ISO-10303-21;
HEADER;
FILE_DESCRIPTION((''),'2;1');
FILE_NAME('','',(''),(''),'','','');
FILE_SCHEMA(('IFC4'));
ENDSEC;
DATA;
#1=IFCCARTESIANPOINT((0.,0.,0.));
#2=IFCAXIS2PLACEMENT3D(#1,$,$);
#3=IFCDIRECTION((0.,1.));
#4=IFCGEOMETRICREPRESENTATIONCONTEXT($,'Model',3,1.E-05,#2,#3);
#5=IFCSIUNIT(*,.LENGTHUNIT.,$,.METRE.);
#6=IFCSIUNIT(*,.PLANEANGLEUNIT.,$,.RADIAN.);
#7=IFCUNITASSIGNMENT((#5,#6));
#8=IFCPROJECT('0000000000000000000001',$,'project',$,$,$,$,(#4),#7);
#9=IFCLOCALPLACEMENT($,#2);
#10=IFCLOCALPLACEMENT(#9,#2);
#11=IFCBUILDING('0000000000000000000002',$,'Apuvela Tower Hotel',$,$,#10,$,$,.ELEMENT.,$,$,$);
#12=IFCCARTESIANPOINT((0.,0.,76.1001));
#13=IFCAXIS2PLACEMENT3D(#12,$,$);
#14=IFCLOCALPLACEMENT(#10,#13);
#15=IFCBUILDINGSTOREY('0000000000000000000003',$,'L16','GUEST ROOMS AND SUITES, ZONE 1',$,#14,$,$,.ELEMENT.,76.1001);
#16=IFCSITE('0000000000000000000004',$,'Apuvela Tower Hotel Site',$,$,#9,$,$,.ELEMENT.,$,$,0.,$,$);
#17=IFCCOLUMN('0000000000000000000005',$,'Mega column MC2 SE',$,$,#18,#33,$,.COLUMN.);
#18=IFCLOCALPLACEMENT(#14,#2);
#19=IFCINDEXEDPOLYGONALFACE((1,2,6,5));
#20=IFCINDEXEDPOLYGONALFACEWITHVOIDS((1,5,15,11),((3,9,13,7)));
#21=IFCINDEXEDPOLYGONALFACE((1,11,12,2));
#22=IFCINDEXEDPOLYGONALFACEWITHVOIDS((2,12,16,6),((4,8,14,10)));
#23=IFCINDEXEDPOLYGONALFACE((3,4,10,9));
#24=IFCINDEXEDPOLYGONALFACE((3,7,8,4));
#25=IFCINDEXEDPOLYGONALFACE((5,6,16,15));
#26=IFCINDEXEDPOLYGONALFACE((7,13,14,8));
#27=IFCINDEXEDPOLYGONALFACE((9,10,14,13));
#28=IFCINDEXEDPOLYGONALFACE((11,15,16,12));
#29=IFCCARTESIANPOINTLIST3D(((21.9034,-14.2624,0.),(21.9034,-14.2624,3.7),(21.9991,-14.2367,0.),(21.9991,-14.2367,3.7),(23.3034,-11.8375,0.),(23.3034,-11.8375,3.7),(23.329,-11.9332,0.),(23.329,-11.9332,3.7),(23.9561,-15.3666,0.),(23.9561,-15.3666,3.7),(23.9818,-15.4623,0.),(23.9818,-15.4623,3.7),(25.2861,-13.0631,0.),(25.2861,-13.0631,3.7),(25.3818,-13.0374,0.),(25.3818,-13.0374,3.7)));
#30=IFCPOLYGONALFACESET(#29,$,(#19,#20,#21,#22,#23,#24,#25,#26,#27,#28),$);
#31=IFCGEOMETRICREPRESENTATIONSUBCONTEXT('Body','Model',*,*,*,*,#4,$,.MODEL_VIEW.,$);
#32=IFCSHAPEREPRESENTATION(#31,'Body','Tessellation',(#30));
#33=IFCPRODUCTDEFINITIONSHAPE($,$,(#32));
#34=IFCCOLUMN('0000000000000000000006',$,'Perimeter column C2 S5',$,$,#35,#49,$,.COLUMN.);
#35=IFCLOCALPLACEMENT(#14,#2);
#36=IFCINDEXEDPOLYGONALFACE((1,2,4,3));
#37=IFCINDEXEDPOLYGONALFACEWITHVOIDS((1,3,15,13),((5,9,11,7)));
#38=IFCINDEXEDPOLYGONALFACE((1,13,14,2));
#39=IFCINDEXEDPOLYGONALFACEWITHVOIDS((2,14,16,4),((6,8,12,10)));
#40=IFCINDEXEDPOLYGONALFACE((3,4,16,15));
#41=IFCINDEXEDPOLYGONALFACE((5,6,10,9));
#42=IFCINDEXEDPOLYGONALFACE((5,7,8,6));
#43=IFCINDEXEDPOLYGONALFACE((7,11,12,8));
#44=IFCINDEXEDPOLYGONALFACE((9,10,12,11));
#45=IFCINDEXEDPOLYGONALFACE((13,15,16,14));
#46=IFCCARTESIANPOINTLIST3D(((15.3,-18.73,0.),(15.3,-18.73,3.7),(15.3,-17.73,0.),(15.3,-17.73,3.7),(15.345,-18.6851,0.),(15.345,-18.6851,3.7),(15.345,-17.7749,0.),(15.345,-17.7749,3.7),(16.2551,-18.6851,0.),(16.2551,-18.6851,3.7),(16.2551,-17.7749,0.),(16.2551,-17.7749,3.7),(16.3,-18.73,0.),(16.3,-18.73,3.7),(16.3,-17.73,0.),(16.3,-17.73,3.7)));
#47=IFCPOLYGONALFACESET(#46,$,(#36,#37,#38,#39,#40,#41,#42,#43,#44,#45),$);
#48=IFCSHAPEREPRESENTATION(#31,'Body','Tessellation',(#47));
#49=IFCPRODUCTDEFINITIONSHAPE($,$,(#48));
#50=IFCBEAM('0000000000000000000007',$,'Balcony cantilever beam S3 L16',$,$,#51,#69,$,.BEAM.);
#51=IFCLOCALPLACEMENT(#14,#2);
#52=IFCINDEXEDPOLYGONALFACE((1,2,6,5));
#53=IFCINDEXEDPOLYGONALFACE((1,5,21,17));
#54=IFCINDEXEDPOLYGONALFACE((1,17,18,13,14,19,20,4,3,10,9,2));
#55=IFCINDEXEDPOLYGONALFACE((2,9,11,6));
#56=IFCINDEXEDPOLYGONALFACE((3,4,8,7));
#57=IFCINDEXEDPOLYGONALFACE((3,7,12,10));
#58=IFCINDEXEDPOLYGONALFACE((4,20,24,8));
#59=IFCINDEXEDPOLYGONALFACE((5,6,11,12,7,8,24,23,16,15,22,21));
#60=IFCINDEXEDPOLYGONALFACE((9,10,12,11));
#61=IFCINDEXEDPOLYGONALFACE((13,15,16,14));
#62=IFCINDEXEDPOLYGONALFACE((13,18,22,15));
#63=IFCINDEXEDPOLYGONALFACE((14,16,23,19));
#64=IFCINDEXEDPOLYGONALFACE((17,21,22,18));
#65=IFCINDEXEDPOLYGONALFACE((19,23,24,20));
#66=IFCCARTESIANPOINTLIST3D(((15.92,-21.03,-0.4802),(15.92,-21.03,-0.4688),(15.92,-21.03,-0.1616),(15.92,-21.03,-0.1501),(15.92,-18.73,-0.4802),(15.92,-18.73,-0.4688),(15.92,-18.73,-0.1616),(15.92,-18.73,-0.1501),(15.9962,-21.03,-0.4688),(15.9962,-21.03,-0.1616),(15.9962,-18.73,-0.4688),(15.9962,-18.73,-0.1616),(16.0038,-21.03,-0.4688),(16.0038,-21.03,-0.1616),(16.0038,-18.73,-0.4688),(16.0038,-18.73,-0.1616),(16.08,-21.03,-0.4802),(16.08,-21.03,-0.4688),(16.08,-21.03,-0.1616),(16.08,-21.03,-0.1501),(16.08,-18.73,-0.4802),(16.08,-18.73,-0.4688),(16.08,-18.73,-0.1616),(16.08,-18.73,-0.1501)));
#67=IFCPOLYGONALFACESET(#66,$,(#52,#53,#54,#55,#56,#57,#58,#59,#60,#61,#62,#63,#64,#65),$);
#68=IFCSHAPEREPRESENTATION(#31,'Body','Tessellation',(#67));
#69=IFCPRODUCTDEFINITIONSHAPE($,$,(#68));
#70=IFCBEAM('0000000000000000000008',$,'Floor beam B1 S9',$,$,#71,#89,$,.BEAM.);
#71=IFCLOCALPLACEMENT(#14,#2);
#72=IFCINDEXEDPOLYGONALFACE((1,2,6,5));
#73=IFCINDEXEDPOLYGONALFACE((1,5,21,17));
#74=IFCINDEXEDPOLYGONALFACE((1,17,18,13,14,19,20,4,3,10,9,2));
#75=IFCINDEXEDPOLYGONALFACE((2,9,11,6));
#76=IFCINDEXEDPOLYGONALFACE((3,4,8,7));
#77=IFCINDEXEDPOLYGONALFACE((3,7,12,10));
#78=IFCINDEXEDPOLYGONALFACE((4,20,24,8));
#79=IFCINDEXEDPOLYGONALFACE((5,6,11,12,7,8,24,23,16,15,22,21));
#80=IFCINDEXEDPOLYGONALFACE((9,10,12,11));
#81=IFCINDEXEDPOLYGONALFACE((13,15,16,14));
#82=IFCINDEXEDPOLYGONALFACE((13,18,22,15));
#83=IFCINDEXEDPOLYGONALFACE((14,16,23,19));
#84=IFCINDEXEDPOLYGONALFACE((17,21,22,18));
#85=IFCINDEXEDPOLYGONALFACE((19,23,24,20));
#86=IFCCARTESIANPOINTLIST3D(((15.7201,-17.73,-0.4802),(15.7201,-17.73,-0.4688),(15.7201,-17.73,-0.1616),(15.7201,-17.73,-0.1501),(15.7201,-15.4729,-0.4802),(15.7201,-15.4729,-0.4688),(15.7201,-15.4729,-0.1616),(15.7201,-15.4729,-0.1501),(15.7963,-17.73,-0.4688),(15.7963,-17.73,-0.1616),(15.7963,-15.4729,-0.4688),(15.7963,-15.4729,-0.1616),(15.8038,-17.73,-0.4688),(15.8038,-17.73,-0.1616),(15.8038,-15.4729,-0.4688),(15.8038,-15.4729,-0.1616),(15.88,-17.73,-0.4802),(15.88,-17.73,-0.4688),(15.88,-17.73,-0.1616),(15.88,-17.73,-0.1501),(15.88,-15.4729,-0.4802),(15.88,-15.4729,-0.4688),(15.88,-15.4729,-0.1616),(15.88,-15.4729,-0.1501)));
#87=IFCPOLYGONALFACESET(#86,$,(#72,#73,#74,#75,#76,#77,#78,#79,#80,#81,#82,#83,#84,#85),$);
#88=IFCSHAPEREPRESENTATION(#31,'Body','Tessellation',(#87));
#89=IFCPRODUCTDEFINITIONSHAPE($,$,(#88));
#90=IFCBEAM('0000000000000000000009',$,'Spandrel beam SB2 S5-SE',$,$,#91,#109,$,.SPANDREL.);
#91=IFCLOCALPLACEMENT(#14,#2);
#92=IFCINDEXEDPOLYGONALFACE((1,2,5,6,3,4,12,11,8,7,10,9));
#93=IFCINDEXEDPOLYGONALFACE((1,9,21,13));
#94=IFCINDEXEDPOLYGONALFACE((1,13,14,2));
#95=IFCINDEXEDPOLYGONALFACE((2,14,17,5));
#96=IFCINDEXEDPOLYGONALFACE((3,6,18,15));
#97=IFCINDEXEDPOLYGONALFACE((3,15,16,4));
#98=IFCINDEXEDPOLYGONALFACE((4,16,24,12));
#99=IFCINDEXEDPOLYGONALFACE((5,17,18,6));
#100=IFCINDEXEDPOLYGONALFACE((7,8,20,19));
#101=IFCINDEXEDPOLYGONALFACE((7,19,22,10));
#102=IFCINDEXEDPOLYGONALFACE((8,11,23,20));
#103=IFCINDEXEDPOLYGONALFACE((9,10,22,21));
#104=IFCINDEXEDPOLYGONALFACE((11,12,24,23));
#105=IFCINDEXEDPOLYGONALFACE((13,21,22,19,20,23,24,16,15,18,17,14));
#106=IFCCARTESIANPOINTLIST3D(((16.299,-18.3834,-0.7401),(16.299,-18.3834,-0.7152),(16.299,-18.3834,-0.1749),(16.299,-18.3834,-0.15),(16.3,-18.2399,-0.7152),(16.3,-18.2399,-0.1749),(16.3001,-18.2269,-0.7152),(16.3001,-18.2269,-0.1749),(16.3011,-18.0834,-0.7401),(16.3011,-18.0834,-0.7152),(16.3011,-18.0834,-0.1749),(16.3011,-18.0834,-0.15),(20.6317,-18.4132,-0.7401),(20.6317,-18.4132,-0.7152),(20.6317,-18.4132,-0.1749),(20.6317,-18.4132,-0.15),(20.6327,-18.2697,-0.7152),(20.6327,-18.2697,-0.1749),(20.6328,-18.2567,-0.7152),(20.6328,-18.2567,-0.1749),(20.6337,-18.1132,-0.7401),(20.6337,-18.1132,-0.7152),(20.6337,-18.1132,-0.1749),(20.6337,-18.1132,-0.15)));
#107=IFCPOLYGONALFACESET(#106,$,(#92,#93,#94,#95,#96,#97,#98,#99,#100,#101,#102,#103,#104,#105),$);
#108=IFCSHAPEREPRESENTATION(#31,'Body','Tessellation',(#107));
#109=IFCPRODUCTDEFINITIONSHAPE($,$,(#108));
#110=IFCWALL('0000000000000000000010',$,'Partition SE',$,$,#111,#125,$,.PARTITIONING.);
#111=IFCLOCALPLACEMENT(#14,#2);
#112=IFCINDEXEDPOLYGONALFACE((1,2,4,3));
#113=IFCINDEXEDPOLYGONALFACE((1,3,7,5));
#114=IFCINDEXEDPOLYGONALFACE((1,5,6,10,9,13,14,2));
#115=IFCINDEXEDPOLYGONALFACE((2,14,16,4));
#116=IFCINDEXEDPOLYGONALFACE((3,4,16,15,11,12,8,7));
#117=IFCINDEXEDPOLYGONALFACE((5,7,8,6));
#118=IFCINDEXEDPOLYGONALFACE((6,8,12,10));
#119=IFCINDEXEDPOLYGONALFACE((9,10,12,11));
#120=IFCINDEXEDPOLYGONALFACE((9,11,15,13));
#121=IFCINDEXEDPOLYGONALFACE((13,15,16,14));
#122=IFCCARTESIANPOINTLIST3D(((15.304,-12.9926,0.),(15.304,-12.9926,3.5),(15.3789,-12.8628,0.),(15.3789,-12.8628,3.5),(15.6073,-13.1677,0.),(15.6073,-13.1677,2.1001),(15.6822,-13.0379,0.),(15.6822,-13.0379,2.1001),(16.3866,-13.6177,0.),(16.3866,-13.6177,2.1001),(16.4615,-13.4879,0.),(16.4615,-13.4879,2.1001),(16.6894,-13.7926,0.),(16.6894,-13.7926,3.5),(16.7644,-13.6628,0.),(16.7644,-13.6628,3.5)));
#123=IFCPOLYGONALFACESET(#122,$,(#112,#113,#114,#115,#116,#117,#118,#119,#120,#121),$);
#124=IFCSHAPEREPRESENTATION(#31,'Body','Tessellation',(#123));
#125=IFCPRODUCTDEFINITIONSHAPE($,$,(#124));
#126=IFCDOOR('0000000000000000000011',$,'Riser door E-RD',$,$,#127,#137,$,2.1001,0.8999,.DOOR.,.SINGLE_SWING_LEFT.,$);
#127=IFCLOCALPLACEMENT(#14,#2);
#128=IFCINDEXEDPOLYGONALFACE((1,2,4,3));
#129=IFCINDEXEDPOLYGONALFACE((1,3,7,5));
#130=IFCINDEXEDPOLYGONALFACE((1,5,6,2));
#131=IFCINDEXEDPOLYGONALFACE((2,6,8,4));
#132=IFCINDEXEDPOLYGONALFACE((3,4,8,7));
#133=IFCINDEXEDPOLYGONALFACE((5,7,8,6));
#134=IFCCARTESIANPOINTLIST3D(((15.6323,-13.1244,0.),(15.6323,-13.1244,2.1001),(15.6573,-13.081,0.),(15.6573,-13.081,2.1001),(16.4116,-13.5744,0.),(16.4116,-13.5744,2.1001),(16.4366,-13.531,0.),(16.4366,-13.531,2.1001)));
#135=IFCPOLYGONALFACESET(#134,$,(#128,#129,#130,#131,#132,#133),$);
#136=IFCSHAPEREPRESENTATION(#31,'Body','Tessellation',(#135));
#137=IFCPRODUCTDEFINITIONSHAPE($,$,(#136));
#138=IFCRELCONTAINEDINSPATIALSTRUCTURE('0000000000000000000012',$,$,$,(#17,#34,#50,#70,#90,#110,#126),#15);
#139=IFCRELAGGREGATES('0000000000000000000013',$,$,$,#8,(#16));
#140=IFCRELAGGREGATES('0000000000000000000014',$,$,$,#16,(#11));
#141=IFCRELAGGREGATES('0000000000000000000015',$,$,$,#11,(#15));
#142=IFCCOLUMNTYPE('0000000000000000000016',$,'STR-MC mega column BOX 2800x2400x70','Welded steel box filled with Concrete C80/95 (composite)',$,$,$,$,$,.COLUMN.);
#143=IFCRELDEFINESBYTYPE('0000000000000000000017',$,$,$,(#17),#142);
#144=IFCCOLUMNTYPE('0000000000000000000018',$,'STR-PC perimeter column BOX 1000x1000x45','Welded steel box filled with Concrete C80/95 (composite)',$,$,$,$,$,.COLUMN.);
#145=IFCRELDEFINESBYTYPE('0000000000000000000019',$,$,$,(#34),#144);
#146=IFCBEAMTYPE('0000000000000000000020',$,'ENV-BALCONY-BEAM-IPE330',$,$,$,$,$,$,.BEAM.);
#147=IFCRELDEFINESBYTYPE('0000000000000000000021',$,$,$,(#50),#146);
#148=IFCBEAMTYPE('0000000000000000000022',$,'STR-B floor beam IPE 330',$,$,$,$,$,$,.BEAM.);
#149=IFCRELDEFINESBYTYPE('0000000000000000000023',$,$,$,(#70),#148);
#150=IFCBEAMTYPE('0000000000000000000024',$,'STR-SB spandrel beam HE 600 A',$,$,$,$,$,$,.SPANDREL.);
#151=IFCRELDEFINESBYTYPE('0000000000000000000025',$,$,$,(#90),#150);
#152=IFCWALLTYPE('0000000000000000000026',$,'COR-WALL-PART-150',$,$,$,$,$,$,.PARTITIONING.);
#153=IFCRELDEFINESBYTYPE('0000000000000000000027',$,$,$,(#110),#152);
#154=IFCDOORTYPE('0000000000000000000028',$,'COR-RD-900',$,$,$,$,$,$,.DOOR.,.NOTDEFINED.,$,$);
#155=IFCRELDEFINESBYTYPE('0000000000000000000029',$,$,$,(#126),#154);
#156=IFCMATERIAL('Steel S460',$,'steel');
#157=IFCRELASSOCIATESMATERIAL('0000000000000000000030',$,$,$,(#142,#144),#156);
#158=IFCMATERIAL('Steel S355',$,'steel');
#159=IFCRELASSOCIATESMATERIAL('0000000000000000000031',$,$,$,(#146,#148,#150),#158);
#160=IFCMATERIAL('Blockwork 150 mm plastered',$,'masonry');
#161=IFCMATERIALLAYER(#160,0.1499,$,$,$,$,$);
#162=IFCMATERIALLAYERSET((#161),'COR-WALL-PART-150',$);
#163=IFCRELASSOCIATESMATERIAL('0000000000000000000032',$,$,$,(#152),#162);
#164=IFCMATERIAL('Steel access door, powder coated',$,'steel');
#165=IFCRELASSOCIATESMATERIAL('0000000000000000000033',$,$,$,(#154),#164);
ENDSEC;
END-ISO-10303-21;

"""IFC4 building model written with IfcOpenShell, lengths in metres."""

from ifc_helpers import new_model, si_unit, direction, frame, frame_2d, origin, origin_2d, place, context, subcontext, project, spatial, rectangle, hollow_rectangle, i_section, extrude, material, layer, layer_set, material_profile, profile_set, type_object, element, fill, save


model = new_model("IFC4")

# Units and contexts
model_context = context("Model", 3, precision=1e-05, world=origin(), true_north=direction((0.0, 1.0)))
body_context = subcontext(model_context, "Body", "Model", "MODEL_VIEW")
ifc_project = project(units=[si_unit("LENGTHUNIT", "METRE"), si_unit("PLANEANGLEUNIT", "RADIAN")], contexts=[model_context])

# Site, building, storey
site_placement = place(None, origin())
site = spatial("IfcSite", under=ifc_project, at=site_placement, Name="Apuvela Tower Hotel Site", CompositionType="ELEMENT", RefElevation=0.0)
building_placement = place(site_placement, origin())
building = spatial("IfcBuilding", under=site, at=building_placement, Name="Apuvela Tower Hotel", CompositionType="ELEMENT")
storey_placement = place(building_placement, frame((0.0, 0.0, 76.1001)))
storey = spatial("IfcBuildingStorey", under=building, at=storey_placement, Name="L16", Description="GUEST ROOMS AND SUITES, ZONE 1", CompositionType="ELEMENT", Elevation=76.1001)

# Columns
ifc_material_1 = material(Name="Steel S460", Category="steel")
ifc_material_profile_1 = material_profile(ifc_material_1, hollow_rectangle(XDim=2.8, YDim=2.3999, WallThickness=0.0701, at=origin_2d()), Name="BOX 2800x2400x70")
ifc_material_2 = material(Name="Concrete C80/95", Category="concrete")
ifc_material_profile_2 = material_profile(ifc_material_2, rectangle(XDim=2.6599, YDim=2.26, at=origin_2d()), Name="Concrete C80/95 infill")
ifc_profile_set_1 = profile_set([ifc_material_profile_1, ifc_material_profile_2], Name="Steel S460")
column_type_1 = type_object("IfcColumnType", Name="STR-MC mega column BOX 2800x2400x70", Description="Welded steel box filled with Concrete C80/95 (composite)", PredefinedType="COLUMN", material=ifc_profile_set_1)
column_1_placement = place(storey_placement, frame((23.6426, -13.6499, 0.0), z_axis=(0.0, 0.0, 1.0), x_axis=(0.5, 0.866025, 0.0)))
element("IfcColumn", 1, at=column_1_placement, inside=storey, type_object=column_type_1, Name="Mega column MC2 SE", PredefinedType="COLUMN", context=body_context, shape_type="SweptSolid", body=[
    extrude(hollow_rectangle(XDim=2.8, YDim=2.3999, WallThickness=0.0701, at=origin_2d()), origin(), (0.0, 0.0, 1.0), 3.7),
])
ifc_material_profile_3 = material_profile(ifc_material_1, hollow_rectangle(XDim=1.0, YDim=1.0, WallThickness=0.0449, at=origin_2d()), Name="BOX 1000x1000x45")
ifc_material_profile_4 = material_profile(ifc_material_2, rectangle(XDim=0.9099, YDim=0.9099, at=origin_2d()), Name="Concrete C80/95 infill")
ifc_profile_set_2 = profile_set([ifc_material_profile_3, ifc_material_profile_4], Name="Steel S460")
column_type_2 = type_object("IfcColumnType", Name="STR-PC perimeter column BOX 1000x1000x45", Description="Welded steel box filled with Concrete C80/95 (composite)", PredefinedType="COLUMN", material=ifc_profile_set_2)
column_2_placement = place(storey_placement, frame((15.8, -18.23, 0.0), z_axis=(0.0, 0.0, 1.0), x_axis=(-1.0, 0.0, 0.0)))
element("IfcColumn", 2, at=column_2_placement, inside=storey, type_object=column_type_2, Name="Perimeter column C2 S5", PredefinedType="COLUMN", context=body_context, shape_type="SweptSolid", body=[
    extrude(hollow_rectangle(XDim=1.0, YDim=1.0, WallThickness=0.0449, at=origin_2d()), origin(), (0.0, 0.0, 1.0), 3.7),
])

# Beams
ifc_material_3 = material(Name="Steel S355", Category="steel")
ifc_material_profile_5 = material_profile(ifc_material_3, i_section(OverallWidth=0.1599, OverallDepth=0.3301, WebThickness=0.0076, FlangeThickness=0.0115, at=origin_2d()), Name="IPE 330")
ifc_profile_set_3 = profile_set([ifc_material_profile_5], Name="Steel S355")
beam_type_1 = type_object("IfcBeamType", Name="ENV-BALCONY-BEAM-IPE330", PredefinedType="BEAM", material=ifc_profile_set_3)
beam_1_placement = place(storey_placement, frame((16.0, -18.73, -0.3152), z_axis=(0.0, -1.0, 0.0), x_axis=(1.0, 0.0, 0.0)))
element("IfcBeam", 3, at=beam_1_placement, inside=storey, type_object=beam_type_1, Name="Balcony cantilever beam S3 L16", PredefinedType="BEAM", context=body_context, shape_type="SweptSolid", body=[
    extrude(i_section(OverallWidth=0.1599, OverallDepth=0.3301, WebThickness=0.0076, FlangeThickness=0.0115, at=origin_2d()), origin(), (0.0, 0.0, 1.0), 2.3),
])
ifc_material_profile_6 = material_profile(ifc_material_3, i_section(OverallWidth=0.1599, OverallDepth=0.3301, WebThickness=0.0076, FlangeThickness=0.0115, at=origin_2d()), Name="IPE 330")
ifc_profile_set_4 = profile_set([ifc_material_profile_6], Name="Steel S355")
beam_type_2 = type_object("IfcBeamType", Name="STR-B floor beam IPE 330", PredefinedType="BEAM", material=ifc_profile_set_4)
beam_2_placement = place(storey_placement, frame((15.8, -17.73, -0.3152), z_axis=(0.0, 1.0, 0.0), x_axis=(-1.0, 0.0, 0.0)))
element("IfcBeam", 4, at=beam_2_placement, inside=storey, type_object=beam_type_2, Name="Floor beam B1 S9", PredefinedType="BEAM", context=body_context, shape_type="SweptSolid", body=[
    extrude(i_section(OverallWidth=0.1599, OverallDepth=0.3301, WebThickness=0.0076, FlangeThickness=0.0115, at=origin_2d()), origin(), (0.0, 0.0, 1.0), 2.2571),
])
ifc_material_profile_7 = material_profile(ifc_material_3, i_section(OverallWidth=0.3, OverallDepth=0.5901, WebThickness=0.0129, FlangeThickness=0.0249, at=origin_2d()), Name="HE 600 A")
ifc_profile_set_5 = profile_set([ifc_material_profile_7], Name="Steel S355")
beam_type_3 = type_object("IfcBeamType", Name="STR-SB spandrel beam HE 600 A", PredefinedType="SPANDREL", material=ifc_profile_set_5)
beam_3_placement = place(storey_placement, frame((16.3, -18.2334, -0.4451), z_axis=(0.999976, -0.006874, 0.0), x_axis=(0.006874, 0.999976, 0.0)))
element("IfcBeam", 5, at=beam_3_placement, inside=storey, type_object=beam_type_3, Name="Spandrel beam SB2 S5-SE", PredefinedType="SPANDREL", context=body_context, shape_type="SweptSolid", body=[
    extrude(i_section(OverallWidth=0.3, OverallDepth=0.5901, WebThickness=0.0129, FlangeThickness=0.0249, at=origin_2d()), origin(), (0.0, 0.0, 1.0), 4.3328),
])

# Wall, opening, door
ifc_material_4 = material(Name="Blockwork 150 mm plastered", Category="masonry")
ifc_layer_1 = layer(ifc_material_4, 0.1499)
ifc_layer_set_1 = layer_set([ifc_layer_1], Name="COR-WALL-PART-150")
wall_type_1 = type_object("IfcWallType", Name="COR-WALL-PART-150", PredefinedType="PARTITIONING", material=ifc_layer_set_1)
wall_1_placement = place(storey_placement, frame((15.3416, -12.9277, 0.0), z_axis=(0.0, 0.0, 1.0), x_axis=(0.86599, -0.500061, 0.0)))
wall_1 = element("IfcWall", 6, at=wall_1_placement, inside=storey, type_object=wall_type_1, Name="Partition SE", PredefinedType="PARTITIONING", context=body_context, shape_type="SweptSolid", body=[
    extrude(rectangle(XDim=1.5999, YDim=0.1499, at=frame_2d((0.7998, 0.0))), origin(), (0.0, 0.0, 1.0), 3.5),
])
opening_1_placement = place(wall_1_placement, frame((0.3501, 0.0, 0.0)))
opening_1 = element("IfcOpeningElement", 7, at=opening_1_placement, cuts=wall_1, PredefinedType="OPENING", context=body_context, shape_type="SweptSolid", body=[
    extrude(rectangle(XDim=0.8999, YDim=2.1001, at=frame_2d((0.45, 1.05))), frame((0.0, 0.085, 0.0), z_axis=(0.0, -1.0, 0.0), x_axis=(1.0, 0.0, 0.0)), (0.0, 0.0, 1.0), 0.1699),
])
ifc_material_5 = material(Name="Steel access door, powder coated", Category="steel")
door_type_1 = type_object("IfcDoorType", Name="COR-RD-900", OperationType="NOTDEFINED", PredefinedType="DOOR", material=ifc_material_5)
door_1_placement = place(opening_1_placement, frame((0.8999, 0.0, 0.0), z_axis=(0.0, 0.0, 1.0), x_axis=(-1.0, 0.0, 0.0)))
door_1 = element("IfcDoor", 8, at=door_1_placement, inside=storey, type_object=door_type_1, Name="Riser door E-RD", OperationType="SINGLE_SWING_LEFT", OverallHeight=2.1001, OverallWidth=0.8999, PredefinedType="DOOR", context=body_context, shape_type="SweptSolid", body=[
    extrude(rectangle(XDim=0.8999, YDim=2.1001, at=frame_2d((0.45, 1.05))), frame((0.0, 0.0249, 0.0), z_axis=(0.0, -1.0, 0.0), x_axis=(1.0, 0.0, 0.0)), (0.0, 0.0, 1.0), 0.05),
])
fill(opening_1, door_1)

save(model, "model.ifc")
